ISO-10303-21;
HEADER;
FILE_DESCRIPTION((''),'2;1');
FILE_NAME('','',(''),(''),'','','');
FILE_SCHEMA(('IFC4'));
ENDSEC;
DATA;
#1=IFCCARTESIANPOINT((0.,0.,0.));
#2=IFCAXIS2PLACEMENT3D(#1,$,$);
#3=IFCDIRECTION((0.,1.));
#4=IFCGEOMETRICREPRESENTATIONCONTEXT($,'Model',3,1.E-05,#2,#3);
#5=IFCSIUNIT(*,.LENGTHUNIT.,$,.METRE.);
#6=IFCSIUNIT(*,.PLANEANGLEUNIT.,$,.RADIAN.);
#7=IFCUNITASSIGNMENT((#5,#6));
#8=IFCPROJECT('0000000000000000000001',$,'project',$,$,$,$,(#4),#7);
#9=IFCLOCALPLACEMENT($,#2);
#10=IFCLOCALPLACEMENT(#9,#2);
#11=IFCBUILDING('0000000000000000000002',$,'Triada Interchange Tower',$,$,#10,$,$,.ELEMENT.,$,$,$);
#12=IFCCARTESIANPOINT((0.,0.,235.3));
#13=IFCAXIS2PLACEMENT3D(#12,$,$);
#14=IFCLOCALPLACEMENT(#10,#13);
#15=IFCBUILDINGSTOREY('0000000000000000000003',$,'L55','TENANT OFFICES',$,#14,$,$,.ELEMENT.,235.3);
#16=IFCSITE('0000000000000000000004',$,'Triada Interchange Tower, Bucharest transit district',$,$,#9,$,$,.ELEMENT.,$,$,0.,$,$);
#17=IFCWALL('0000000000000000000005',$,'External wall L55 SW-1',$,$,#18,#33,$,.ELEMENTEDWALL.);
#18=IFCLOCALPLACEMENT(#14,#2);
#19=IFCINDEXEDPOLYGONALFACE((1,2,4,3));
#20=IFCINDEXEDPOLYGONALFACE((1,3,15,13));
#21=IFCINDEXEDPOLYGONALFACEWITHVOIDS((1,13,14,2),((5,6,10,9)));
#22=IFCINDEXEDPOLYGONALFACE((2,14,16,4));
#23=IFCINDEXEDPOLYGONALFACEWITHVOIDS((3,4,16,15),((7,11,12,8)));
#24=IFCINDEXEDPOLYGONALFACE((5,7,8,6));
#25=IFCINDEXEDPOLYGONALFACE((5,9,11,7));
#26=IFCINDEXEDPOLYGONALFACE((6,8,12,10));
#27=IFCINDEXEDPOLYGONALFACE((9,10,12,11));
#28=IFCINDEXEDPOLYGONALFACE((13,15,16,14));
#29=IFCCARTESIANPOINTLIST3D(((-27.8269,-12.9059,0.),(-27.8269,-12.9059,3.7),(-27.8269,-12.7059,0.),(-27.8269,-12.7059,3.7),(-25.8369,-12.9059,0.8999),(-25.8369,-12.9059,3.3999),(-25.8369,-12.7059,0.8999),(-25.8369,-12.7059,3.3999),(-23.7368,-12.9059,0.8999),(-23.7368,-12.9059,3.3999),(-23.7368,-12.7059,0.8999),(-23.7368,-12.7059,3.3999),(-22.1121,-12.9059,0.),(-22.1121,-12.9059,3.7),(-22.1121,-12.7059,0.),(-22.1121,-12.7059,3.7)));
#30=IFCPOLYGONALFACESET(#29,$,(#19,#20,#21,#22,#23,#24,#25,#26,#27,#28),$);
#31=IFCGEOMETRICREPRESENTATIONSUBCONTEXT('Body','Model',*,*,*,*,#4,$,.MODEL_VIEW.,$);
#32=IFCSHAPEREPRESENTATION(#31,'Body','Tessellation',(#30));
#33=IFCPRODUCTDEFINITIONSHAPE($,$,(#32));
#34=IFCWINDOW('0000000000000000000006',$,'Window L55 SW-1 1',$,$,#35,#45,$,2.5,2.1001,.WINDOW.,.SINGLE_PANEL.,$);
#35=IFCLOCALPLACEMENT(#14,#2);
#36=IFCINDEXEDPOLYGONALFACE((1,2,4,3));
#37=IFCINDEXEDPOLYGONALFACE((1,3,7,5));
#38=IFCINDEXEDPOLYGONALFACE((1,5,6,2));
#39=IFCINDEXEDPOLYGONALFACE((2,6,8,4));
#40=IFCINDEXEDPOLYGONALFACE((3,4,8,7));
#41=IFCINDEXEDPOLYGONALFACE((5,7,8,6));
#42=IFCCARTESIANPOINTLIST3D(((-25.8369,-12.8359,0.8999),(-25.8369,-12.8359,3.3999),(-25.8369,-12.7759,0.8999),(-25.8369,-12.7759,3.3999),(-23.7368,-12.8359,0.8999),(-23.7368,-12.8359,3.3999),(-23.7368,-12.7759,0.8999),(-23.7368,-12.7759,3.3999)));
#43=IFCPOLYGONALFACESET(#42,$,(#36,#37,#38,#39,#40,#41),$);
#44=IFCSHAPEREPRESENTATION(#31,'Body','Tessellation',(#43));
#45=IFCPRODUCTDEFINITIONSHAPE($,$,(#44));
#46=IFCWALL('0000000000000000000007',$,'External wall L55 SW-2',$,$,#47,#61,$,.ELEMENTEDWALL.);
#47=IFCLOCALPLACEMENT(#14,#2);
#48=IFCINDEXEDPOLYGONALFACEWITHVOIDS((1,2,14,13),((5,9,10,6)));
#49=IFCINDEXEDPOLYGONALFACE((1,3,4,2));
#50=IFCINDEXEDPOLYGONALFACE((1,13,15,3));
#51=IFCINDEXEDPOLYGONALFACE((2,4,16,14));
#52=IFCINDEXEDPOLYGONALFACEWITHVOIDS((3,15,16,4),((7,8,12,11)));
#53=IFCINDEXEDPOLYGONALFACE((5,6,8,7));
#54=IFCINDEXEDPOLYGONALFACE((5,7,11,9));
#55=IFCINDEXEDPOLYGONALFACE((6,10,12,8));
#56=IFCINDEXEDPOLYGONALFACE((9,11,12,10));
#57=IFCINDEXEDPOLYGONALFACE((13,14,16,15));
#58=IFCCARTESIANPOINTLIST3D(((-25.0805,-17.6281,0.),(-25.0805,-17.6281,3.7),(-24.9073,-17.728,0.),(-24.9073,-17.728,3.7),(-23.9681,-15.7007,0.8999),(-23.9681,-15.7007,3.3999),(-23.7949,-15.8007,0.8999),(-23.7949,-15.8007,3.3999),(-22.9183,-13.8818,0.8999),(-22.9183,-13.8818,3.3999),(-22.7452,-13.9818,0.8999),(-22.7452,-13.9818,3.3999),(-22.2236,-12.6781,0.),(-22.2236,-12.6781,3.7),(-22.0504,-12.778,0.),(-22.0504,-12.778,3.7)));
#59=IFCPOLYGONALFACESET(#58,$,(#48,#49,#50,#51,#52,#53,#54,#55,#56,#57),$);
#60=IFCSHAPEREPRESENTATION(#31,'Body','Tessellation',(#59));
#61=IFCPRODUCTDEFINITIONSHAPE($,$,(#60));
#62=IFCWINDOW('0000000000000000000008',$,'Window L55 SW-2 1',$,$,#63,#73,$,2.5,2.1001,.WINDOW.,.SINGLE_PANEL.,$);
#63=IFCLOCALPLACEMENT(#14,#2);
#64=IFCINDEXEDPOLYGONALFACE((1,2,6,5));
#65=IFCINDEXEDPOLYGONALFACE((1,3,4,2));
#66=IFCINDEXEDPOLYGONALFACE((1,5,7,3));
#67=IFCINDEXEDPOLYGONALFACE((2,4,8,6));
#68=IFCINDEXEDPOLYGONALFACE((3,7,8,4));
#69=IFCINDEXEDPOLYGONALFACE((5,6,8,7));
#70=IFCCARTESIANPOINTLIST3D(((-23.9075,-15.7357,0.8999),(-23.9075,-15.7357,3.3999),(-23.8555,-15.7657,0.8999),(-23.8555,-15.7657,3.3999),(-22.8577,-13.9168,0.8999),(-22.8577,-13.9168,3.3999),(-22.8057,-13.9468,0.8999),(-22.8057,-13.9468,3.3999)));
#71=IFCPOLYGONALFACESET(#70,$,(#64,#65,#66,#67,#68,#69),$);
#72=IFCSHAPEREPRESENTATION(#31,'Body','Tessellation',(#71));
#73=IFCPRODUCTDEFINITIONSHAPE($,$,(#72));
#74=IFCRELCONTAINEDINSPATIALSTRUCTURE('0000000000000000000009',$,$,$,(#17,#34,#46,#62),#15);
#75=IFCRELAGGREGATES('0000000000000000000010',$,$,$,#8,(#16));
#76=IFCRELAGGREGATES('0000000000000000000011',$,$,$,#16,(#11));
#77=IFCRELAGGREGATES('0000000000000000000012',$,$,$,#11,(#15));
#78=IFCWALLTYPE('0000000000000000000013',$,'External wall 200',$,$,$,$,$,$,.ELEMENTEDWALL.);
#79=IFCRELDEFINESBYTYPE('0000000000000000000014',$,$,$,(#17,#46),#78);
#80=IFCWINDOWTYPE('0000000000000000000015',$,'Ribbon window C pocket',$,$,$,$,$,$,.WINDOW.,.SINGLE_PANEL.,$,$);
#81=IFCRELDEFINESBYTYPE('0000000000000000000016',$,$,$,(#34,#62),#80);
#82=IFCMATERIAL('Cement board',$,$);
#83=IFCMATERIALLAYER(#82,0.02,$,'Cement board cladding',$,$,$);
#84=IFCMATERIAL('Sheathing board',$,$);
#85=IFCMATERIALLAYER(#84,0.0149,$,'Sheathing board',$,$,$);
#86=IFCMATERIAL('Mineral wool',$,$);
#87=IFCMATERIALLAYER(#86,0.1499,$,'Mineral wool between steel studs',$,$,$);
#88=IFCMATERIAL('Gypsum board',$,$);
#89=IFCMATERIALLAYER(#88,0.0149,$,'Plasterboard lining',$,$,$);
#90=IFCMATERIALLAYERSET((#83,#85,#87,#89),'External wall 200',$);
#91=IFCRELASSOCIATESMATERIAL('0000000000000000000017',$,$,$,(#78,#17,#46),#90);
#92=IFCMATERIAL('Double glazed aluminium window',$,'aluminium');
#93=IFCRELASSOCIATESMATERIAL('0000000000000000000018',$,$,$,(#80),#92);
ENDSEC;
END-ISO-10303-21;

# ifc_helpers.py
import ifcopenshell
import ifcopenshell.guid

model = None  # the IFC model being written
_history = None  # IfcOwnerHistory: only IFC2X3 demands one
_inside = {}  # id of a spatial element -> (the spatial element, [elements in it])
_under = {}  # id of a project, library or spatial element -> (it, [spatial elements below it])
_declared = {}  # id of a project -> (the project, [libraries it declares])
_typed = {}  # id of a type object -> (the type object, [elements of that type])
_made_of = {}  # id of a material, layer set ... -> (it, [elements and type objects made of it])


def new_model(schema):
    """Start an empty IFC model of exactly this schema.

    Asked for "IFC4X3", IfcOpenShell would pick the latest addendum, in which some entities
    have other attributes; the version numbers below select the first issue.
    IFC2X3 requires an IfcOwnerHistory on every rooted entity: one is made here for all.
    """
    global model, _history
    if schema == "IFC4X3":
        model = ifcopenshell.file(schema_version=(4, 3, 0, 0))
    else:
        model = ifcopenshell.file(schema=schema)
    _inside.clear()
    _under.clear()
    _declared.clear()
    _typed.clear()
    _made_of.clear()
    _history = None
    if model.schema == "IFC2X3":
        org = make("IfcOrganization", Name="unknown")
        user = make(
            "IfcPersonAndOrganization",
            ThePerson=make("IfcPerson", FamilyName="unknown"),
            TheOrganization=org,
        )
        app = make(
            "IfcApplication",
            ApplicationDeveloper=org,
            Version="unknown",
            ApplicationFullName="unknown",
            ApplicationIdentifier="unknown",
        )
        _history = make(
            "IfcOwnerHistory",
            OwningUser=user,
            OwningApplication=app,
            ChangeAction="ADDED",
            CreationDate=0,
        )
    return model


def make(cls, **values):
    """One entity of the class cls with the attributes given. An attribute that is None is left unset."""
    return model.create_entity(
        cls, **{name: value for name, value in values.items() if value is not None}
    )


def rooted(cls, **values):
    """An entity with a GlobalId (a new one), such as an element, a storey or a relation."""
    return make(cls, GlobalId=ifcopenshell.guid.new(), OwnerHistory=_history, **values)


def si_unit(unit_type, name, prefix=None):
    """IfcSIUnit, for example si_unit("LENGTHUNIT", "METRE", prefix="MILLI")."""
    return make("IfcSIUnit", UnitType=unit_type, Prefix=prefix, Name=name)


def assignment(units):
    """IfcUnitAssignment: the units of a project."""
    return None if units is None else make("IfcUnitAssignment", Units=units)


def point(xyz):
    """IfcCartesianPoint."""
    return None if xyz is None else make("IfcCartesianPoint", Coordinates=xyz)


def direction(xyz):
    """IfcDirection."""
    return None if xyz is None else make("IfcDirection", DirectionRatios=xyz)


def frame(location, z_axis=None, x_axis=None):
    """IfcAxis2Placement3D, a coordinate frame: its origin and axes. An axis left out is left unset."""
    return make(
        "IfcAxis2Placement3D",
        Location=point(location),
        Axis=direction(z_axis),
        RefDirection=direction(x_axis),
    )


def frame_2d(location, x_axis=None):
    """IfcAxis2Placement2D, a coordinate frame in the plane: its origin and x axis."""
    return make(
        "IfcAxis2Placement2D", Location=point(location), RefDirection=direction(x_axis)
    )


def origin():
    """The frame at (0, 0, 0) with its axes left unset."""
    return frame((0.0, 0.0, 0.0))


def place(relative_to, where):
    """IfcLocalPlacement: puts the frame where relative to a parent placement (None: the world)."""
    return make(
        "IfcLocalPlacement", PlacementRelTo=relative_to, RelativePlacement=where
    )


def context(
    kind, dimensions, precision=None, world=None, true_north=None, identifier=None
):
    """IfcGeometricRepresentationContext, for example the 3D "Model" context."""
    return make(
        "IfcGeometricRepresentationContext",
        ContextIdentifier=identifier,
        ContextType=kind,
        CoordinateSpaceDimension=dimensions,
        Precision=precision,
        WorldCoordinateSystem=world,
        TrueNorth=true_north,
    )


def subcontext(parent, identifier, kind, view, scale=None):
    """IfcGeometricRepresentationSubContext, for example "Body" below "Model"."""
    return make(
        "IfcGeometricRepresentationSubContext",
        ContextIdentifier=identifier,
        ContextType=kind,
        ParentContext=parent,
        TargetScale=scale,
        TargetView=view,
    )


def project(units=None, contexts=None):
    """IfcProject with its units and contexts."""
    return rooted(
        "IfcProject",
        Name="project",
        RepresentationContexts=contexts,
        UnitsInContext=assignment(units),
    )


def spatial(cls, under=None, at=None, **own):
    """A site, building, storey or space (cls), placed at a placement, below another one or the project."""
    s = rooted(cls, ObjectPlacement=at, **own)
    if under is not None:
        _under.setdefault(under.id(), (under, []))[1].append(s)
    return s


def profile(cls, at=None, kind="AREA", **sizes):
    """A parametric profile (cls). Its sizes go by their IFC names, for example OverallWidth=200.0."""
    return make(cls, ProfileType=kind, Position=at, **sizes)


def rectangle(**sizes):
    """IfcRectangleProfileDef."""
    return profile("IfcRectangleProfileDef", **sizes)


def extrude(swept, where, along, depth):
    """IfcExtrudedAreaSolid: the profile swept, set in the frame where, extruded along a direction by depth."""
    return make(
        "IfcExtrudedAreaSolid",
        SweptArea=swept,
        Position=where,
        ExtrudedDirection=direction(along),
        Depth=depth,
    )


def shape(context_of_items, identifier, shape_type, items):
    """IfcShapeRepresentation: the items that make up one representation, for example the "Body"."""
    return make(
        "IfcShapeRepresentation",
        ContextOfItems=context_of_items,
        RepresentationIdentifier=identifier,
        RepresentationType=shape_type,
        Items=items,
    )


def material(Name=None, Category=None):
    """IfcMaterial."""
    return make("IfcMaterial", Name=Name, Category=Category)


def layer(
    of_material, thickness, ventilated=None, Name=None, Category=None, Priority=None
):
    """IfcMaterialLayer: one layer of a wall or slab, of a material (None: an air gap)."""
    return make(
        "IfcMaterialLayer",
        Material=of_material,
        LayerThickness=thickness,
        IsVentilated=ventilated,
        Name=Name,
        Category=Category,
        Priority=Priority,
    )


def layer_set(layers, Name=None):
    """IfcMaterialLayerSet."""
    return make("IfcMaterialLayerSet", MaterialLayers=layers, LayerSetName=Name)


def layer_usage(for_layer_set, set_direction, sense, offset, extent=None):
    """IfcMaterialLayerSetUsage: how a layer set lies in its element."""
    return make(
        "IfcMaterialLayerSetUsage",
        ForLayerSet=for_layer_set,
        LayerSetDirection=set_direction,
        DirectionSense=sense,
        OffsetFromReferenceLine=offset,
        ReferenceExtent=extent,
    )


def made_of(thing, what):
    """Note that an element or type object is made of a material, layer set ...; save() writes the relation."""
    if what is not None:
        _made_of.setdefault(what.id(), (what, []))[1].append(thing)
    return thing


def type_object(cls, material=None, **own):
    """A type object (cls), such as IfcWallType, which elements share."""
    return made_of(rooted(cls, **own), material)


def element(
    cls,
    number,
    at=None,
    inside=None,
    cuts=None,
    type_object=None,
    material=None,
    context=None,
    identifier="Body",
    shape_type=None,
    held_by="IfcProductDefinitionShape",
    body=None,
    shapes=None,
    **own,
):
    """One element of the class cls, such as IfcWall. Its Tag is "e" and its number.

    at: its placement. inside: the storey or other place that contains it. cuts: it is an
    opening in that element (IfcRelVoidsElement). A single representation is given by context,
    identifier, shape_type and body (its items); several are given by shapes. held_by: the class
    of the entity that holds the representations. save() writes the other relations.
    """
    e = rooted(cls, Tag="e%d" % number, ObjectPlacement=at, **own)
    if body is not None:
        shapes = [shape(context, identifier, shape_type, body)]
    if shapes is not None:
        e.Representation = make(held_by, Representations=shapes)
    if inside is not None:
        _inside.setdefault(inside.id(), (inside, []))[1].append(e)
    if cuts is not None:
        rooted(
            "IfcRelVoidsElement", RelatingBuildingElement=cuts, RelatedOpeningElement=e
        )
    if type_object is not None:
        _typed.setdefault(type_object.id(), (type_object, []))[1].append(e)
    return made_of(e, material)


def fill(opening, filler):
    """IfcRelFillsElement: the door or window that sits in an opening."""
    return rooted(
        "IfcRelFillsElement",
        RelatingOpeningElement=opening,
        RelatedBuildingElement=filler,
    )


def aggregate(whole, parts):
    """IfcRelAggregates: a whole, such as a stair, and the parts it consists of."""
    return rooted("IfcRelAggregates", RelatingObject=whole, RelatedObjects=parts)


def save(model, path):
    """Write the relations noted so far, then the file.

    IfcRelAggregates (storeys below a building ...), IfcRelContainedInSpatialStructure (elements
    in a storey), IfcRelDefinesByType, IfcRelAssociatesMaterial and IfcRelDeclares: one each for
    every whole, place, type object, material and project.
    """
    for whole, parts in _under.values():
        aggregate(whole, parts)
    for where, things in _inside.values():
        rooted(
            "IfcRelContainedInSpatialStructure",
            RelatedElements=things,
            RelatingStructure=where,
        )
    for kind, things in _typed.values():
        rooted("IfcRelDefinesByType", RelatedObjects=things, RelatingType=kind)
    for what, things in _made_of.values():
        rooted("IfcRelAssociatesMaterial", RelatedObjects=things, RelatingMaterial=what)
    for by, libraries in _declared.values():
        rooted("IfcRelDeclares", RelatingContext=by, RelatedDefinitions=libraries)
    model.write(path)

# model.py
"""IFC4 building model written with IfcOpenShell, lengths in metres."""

from ifc_helpers import new_model, si_unit, direction, frame, frame_2d, origin, place, context, subcontext, project, spatial, rectangle, extrude, material, layer, layer_set, layer_usage, type_object, element, fill, save


model = new_model("IFC4")

# Units and contexts
model_context = context("Model", 3, precision=1e-05, world=origin(), true_north=direction((0.0, 1.0)))
body_context = subcontext(model_context, "Body", "Model", "MODEL_VIEW")
ifc_project = project(units=[si_unit("LENGTHUNIT", "METRE"), si_unit("PLANEANGLEUNIT", "RADIAN")], contexts=[model_context])

# Site, building, storey
site_placement = place(None, origin())
site = spatial("IfcSite", under=ifc_project, at=site_placement, Name="Triada Interchange Tower, Bucharest transit district", CompositionType="ELEMENT", RefElevation=0.0)
building_placement = place(site_placement, origin())
building = spatial("IfcBuilding", under=site, at=building_placement, Name="Triada Interchange Tower", CompositionType="ELEMENT")
storey_placement = place(building_placement, frame((0.0, 0.0, 235.3)))
storey = spatial("IfcBuildingStorey", under=building, at=storey_placement, Name="L55", Description="TENANT OFFICES", CompositionType="ELEMENT", Elevation=235.3)

# Walls, openings, windows
ifc_material_1 = material(Name="Cement board")
ifc_layer_1 = layer(ifc_material_1, 0.02, Name="Cement board cladding")
ifc_material_2 = material(Name="Sheathing board")
ifc_layer_2 = layer(ifc_material_2, 0.0149, Name="Sheathing board")
ifc_material_3 = material(Name="Mineral wool")
ifc_layer_3 = layer(ifc_material_3, 0.1499, Name="Mineral wool between steel studs")
ifc_material_4 = material(Name="Gypsum board")
ifc_layer_4 = layer(ifc_material_4, 0.0149, Name="Plasterboard lining")
ifc_layer_set_1 = layer_set([ifc_layer_1, ifc_layer_2, ifc_layer_3, ifc_layer_4], Name="External wall 200")
ifc_layer_usage = layer_usage(ifc_layer_set_1, "AXIS2", "POSITIVE", -0.1001)
wall_type_1 = type_object("IfcWallType", Name="External wall 200", PredefinedType="ELEMENTEDWALL", material=ifc_layer_set_1)
wall_1_placement = place(storey_placement, frame((-27.8269, -12.8059, 0.0), z_axis=(0.0, 0.0, 1.0), x_axis=(1.0, 0.0, 0.0)))
wall_1 = element("IfcWall", 1, at=wall_1_placement, inside=storey, type_object=wall_type_1, material=ifc_layer_usage, Name="External wall L55 SW-1", PredefinedType="ELEMENTEDWALL", context=body_context, shape_type="SweptSolid", body=[
    extrude(rectangle(XDim=5.7148, YDim=0.2, at=frame_2d((2.8574, 0.0))), origin(), (0.0, 0.0, 1.0), 3.7),
])
opening_1_placement = place(wall_1_placement, frame((1.99, 0.0, 0.8999)))
opening_1 = element("IfcOpeningElement", 2, at=opening_1_placement, cuts=wall_1, PredefinedType="OPENING", context=body_context, shape_type="SweptSolid", body=[
    extrude(rectangle(XDim=2.1001, YDim=2.5, at=frame_2d((1.05, 1.25))), frame((0.0, 0.1099, 0.0), z_axis=(0.0, -1.0, 0.0), x_axis=(1.0, 0.0, 0.0)), (0.0, 0.0, 1.0), 0.22),
])
ifc_material_5 = material(Name="Double glazed aluminium window", Category="aluminium")
window_type_1 = type_object("IfcWindowType", Name="Ribbon window C pocket", PartitioningType="SINGLE_PANEL", PredefinedType="WINDOW", material=ifc_material_5)
window_1_placement = place(opening_1_placement, origin())
window_1 = element("IfcWindow", 3, at=window_1_placement, inside=storey, type_object=window_type_1, Name="Window L55 SW-1 1", OverallHeight=2.5, OverallWidth=2.1001, PartitioningType="SINGLE_PANEL", PredefinedType="WINDOW", context=body_context, shape_type="SweptSolid", body=[
    extrude(rectangle(XDim=2.1001, YDim=2.5, at=frame_2d((1.05, 1.25))), frame((0.0, 0.03, 0.0), z_axis=(0.0, -1.0, 0.0), x_axis=(1.0, 0.0, 0.0)), (0.0, 0.0, 1.0), 0.0601),
])
fill(opening_1, window_1)
wall_2_placement = place(storey_placement, frame((-22.137, -12.728, 0.0), z_axis=(0.0, 0.0, 1.0), x_axis=(-0.499879, -0.866095, 0.0)))
wall_2 = element("IfcWall", 4, at=wall_2_placement, inside=storey, type_object=wall_type_1, material=ifc_layer_usage, Name="External wall L55 SW-2", PredefinedType="ELEMENTEDWALL", context=body_context, shape_type="SweptSolid", body=[
    extrude(rectangle(XDim=5.7153, YDim=0.2, at=frame_2d((2.8577, 0.0))), origin(), (0.0, 0.0, 1.0), 3.7),
])
opening_2_placement = place(wall_2_placement, frame((1.3899, 0.0, 0.8999)))
opening_2 = element("IfcOpeningElement", 5, at=opening_2_placement, cuts=wall_2, PredefinedType="OPENING", context=body_context, shape_type="SweptSolid", body=[
    extrude(rectangle(XDim=2.1001, YDim=2.5, at=frame_2d((1.05, 1.25))), frame((0.0, 0.1099, 0.0), z_axis=(0.0, -1.0, 0.0), x_axis=(1.0, 0.0, 0.0)), (0.0, 0.0, 1.0), 0.22),
])
window_2_placement = place(opening_2_placement, origin())
window_2 = element("IfcWindow", 6, at=window_2_placement, inside=storey, type_object=window_type_1, Name="Window L55 SW-2 1", OverallHeight=2.5, OverallWidth=2.1001, PartitioningType="SINGLE_PANEL", PredefinedType="WINDOW", context=body_context, shape_type="SweptSolid", body=[
    extrude(rectangle(XDim=2.1001, YDim=2.5, at=frame_2d((1.05, 1.25))), frame((0.0, 0.03, 0.0), z_axis=(0.0, -1.0, 0.0), x_axis=(1.0, 0.0, 0.0)), (0.0, 0.0, 1.0), 0.0601),
])
fill(opening_2, window_2)

save(model, "model.ifc")
